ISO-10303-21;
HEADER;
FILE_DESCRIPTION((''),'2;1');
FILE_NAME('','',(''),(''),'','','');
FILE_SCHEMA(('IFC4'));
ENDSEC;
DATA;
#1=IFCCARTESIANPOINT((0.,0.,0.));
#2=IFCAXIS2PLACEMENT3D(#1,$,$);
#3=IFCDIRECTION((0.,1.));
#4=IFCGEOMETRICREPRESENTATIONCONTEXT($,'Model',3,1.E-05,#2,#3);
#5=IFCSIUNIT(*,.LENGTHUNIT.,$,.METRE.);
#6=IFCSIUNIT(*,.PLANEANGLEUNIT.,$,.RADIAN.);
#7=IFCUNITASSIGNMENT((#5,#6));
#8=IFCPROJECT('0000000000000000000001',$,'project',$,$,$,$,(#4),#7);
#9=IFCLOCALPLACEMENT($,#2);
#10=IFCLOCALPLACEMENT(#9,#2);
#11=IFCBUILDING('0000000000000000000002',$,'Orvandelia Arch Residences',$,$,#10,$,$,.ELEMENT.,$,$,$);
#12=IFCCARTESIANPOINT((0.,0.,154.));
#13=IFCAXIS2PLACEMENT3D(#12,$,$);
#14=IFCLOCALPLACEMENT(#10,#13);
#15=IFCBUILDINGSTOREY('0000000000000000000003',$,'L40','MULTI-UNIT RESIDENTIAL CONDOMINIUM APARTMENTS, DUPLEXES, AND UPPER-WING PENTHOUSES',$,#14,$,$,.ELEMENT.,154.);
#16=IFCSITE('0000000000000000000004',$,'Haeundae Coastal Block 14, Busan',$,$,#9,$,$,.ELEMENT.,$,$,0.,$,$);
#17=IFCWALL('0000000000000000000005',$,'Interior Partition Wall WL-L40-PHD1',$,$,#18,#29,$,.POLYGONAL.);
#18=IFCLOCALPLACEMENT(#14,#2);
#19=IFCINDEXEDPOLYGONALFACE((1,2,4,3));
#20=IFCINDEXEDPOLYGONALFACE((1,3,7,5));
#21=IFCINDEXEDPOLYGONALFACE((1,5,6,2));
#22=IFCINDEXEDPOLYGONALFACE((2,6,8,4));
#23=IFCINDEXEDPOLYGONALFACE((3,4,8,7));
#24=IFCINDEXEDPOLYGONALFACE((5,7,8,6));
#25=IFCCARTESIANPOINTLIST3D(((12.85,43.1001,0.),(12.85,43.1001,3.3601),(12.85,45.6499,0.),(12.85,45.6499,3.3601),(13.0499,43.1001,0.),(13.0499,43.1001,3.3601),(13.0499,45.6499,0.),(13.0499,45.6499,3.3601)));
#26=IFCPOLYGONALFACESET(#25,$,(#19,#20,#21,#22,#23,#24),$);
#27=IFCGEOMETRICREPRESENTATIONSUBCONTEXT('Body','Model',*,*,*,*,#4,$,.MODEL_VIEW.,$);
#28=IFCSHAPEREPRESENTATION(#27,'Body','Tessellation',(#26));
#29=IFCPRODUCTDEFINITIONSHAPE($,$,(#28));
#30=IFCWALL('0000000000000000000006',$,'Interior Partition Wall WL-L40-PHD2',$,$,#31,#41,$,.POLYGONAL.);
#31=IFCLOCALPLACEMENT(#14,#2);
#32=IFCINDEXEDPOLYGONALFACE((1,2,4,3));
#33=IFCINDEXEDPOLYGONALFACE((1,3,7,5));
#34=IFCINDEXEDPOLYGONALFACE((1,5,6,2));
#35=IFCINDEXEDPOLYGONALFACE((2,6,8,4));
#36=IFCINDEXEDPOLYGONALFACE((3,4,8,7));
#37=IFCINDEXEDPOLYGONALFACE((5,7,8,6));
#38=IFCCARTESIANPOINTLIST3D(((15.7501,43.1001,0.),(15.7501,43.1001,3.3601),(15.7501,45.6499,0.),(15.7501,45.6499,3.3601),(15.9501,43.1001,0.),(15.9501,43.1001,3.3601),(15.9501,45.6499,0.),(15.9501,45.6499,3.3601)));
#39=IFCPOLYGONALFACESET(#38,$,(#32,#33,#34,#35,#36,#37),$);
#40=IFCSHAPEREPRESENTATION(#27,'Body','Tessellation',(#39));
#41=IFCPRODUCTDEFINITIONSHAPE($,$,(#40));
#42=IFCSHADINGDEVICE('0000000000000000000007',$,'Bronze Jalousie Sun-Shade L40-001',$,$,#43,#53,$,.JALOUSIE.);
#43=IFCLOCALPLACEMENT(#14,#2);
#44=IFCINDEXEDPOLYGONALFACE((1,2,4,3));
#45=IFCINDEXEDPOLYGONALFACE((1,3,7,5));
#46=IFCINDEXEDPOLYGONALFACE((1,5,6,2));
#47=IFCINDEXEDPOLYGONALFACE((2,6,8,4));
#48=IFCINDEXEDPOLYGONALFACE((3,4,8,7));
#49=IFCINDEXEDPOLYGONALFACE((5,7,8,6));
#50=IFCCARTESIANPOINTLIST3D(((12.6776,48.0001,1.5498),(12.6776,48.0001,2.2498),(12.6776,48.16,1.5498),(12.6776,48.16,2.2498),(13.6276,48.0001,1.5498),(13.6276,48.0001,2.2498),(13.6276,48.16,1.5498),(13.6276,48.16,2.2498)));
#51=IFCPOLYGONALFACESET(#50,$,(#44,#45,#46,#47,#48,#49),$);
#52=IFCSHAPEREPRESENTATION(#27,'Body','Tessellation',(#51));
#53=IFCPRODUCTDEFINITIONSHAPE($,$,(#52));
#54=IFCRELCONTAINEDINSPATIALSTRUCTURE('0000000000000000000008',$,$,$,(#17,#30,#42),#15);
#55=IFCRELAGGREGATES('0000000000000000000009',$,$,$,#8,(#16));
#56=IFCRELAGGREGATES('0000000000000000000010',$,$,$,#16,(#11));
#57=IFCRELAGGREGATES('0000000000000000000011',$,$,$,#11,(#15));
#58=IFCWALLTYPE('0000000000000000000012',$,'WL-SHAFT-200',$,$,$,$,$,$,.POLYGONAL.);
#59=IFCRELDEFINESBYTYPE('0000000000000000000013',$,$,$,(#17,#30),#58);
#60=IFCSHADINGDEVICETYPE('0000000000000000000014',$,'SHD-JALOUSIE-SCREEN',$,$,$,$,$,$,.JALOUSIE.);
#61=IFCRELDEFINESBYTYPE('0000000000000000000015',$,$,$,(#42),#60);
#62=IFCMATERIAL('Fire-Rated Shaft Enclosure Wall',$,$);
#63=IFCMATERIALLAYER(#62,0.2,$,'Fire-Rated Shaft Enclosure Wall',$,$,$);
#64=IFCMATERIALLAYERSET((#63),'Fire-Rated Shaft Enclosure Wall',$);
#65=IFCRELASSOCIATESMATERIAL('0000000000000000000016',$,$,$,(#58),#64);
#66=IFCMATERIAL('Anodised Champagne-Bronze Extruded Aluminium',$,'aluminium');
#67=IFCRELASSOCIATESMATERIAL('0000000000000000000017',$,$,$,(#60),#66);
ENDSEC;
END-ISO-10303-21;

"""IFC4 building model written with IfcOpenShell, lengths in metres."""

from ifc_helpers import new_model, si_unit, direction, frame, frame_2d, origin, origin_2d, place, context, subcontext, project, spatial, rectangle, extrude, material, layer, layer_set, type_object, element, save


model = new_model("IFC4")

# Units and contexts
model_context = context("Model", 3, precision=1e-05, world=origin(), true_north=direction((0.0, 1.0)))
body_context = subcontext(model_context, "Body", "Model", "MODEL_VIEW")
ifc_project = project(units=[si_unit("LENGTHUNIT", "METRE"), si_unit("PLANEANGLEUNIT", "RADIAN")], contexts=[model_context])

# Site, building, storey
site_placement = place(None, origin())
site = spatial("IfcSite", under=ifc_project, at=site_placement, Name="Haeundae Coastal Block 14, Busan", CompositionType="ELEMENT", RefElevation=0.0)
building_placement = place(site_placement, origin())
building = spatial("IfcBuilding", under=site, at=building_placement, Name="Orvandelia Arch Residences", CompositionType="ELEMENT")
storey_placement = place(building_placement, frame((0.0, 0.0, 154.0)))
storey = spatial("IfcBuildingStorey", under=building, at=storey_placement, Name="L40", Description="MULTI-UNIT RESIDENTIAL CONDOMINIUM APARTMENTS, DUPLEXES, AND UPPER-WING PENTHOUSES", CompositionType="ELEMENT", Elevation=154.0)

# Shared definitions
ifc_material_1 = material(Name="Fire-Rated Shaft Enclosure Wall")
ifc_layer_1 = layer(ifc_material_1, 0.2, Name="Fire-Rated Shaft Enclosure Wall")
ifc_layer_set_1 = layer_set([ifc_layer_1], Name="Fire-Rated Shaft Enclosure Wall")
wall_type_1 = type_object("IfcWallType", Name="WL-SHAFT-200", PredefinedType="POLYGONAL", material=ifc_layer_set_1)

# Walls
for number, where, z_axis, x_axis, name in (
    (1, (12.95, 43.1001, 0.0), (0.0, 0.0, 1.0), (0.0, 1.0, 0.0), "Interior Partition Wall WL-L40-PHD1"),
    (2, (15.8501, 43.1001, 0.0), (0.0, 0.0, 1.0), (0.0, 1.0, 0.0), "Interior Partition Wall WL-L40-PHD2"),
):
    element("IfcWall", number, at=place(storey_placement, frame(where, z_axis=z_axis, x_axis=x_axis)), inside=storey, type_object=wall_type_1, Name=name, PredefinedType="POLYGONAL", context=body_context, shape_type="SweptSolid", body=[
        extrude(rectangle(XDim=2.5498, YDim=0.2, at=frame_2d((1.2749, 0.0))), origin(), (0.0, 0.0, 1.0), 3.3601),
    ])

# Shading device
ifc_material_2 = material(Name="Anodised Champagne-Bronze Extruded Aluminium", Category="aluminium")
shading_device_type = type_object("IfcShadingDeviceType", Name="SHD-JALOUSIE-SCREEN", PredefinedType="JALOUSIE", material=ifc_material_2)
shading_device_placement = place(storey_placement, frame((13.1526, 48.0801, 1.5498), z_axis=(0.0, 0.0, 1.0), x_axis=(1.0, 0.0, 0.0)))
element("IfcShadingDevice", 3, at=shading_device_placement, inside=storey, type_object=shading_device_type, Name="Bronze Jalousie Sun-Shade L40-001", PredefinedType="JALOUSIE", context=body_context, shape_type="SweptSolid", body=[
    extrude(rectangle(XDim=0.95, YDim=0.1599, at=origin_2d()), origin(), (0.0, 0.0, 1.0), 0.7),
])

save(model, "model.ifc")
